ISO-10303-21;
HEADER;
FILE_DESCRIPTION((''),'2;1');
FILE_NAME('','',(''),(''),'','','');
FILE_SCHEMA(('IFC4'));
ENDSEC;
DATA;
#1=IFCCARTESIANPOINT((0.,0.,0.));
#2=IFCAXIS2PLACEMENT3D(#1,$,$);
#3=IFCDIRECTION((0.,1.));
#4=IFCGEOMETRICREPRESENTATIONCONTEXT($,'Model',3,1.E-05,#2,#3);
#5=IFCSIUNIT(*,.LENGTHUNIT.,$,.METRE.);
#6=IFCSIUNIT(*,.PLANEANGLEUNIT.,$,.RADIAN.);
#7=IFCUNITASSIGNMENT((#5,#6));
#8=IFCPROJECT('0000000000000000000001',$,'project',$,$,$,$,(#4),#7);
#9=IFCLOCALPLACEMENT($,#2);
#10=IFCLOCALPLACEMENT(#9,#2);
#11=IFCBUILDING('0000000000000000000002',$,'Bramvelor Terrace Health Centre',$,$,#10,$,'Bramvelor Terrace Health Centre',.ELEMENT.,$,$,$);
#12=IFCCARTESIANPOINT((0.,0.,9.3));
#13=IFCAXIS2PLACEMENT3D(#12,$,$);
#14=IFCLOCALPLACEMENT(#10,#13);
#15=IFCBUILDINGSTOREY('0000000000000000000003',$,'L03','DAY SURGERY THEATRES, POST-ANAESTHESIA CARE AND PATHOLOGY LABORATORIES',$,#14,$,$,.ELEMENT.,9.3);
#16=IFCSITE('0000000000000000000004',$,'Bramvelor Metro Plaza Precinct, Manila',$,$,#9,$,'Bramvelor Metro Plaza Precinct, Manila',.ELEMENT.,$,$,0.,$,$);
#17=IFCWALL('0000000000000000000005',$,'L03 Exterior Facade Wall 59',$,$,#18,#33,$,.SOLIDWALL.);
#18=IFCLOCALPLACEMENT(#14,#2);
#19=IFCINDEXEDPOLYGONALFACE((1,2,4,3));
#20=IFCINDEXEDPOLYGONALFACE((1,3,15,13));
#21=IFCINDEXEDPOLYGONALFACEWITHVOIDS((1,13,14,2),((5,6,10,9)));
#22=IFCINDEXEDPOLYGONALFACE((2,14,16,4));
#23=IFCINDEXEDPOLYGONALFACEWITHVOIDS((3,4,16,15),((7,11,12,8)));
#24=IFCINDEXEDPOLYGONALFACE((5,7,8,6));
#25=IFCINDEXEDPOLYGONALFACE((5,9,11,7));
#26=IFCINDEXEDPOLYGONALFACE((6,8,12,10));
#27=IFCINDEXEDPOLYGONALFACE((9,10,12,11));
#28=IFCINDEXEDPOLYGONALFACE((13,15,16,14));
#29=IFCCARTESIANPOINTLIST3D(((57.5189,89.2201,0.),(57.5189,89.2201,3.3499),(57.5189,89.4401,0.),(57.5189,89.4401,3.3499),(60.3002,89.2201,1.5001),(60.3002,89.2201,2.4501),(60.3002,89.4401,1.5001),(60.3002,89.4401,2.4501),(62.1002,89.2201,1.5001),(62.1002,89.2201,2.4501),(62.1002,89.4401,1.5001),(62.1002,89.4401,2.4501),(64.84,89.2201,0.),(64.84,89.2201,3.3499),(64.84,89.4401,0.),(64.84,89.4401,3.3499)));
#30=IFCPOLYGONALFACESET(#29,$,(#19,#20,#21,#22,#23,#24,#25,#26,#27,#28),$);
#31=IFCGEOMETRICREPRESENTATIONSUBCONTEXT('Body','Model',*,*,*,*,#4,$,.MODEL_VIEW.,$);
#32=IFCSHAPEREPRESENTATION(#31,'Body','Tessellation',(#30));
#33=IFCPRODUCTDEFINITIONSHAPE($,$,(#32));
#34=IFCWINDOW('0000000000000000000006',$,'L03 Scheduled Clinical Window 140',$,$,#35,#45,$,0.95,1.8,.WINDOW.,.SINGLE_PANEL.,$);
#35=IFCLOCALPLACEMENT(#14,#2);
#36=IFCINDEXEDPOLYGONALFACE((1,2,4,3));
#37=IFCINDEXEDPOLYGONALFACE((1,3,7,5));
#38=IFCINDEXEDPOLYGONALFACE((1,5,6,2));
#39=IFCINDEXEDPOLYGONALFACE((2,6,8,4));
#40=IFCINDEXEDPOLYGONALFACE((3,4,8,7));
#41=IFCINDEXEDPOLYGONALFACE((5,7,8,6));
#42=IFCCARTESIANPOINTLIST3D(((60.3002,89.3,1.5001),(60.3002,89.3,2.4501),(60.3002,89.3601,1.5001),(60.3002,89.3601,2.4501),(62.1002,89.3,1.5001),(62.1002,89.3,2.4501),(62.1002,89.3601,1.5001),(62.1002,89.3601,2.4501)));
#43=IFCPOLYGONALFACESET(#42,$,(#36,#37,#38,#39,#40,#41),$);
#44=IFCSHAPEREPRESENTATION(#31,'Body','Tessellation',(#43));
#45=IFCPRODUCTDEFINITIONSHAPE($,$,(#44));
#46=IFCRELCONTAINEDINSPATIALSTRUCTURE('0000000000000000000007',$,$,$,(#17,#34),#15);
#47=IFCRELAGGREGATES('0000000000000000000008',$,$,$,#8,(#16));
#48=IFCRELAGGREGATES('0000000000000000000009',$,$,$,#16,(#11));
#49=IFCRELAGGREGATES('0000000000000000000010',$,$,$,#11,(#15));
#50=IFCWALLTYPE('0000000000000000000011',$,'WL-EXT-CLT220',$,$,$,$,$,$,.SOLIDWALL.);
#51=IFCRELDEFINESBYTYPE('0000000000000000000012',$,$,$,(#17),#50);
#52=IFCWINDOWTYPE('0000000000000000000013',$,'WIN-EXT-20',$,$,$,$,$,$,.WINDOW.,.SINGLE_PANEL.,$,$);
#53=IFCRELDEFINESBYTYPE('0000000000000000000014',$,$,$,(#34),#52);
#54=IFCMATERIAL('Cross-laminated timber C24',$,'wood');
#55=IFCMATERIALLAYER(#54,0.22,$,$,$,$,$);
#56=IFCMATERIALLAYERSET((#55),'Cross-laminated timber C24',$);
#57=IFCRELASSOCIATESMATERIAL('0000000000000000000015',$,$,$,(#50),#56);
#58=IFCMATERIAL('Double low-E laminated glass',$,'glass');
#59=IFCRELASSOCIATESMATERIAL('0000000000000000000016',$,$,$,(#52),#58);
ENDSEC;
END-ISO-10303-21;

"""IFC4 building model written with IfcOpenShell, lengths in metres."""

from ifc_helpers import new_model, si_unit, direction, frame, frame_2d, origin, place, context, subcontext, project, spatial, rectangle, extrude, material, layer, layer_set, type_object, element, fill, save


model = new_model("IFC4")

# Units and contexts
model_context = context("Model", 3, precision=1e-05, world=origin(), true_north=direction((0.0, 1.0)))
body_context = subcontext(model_context, "Body", "Model", "MODEL_VIEW")
ifc_project = project(units=[si_unit("LENGTHUNIT", "METRE"), si_unit("PLANEANGLEUNIT", "RADIAN")], contexts=[model_context])

# Site, building, storey
site_placement = place(None, origin())
site = spatial("IfcSite", under=ifc_project, at=site_placement, Name="Bramvelor Metro Plaza Precinct, Manila", LongName="Bramvelor Metro Plaza Precinct, Manila", CompositionType="ELEMENT", RefElevation=0.0)
building_placement = place(site_placement, origin())
building = spatial("IfcBuilding", under=site, at=building_placement, Name="Bramvelor Terrace Health Centre", LongName="Bramvelor Terrace Health Centre", CompositionType="ELEMENT")
storey_placement = place(building_placement, frame((0.0, 0.0, 9.3)))
storey = spatial("IfcBuildingStorey", under=building, at=storey_placement, Name="L03", Description="DAY SURGERY THEATRES, POST-ANAESTHESIA CARE AND PATHOLOGY LABORATORIES", CompositionType="ELEMENT", Elevation=9.3)

# Wall, opening, window
ifc_material_1 = material(Name="Cross-laminated timber C24", Category="wood")
ifc_layer_1 = layer(ifc_material_1, 0.22)
ifc_layer_set_1 = layer_set([ifc_layer_1], Name="Cross-laminated timber C24")
wall_type_1 = type_object("IfcWallType", Name="WL-EXT-CLT220", PredefinedType="SOLIDWALL", material=ifc_layer_set_1)
wall_1_placement = place(storey_placement, frame((64.8401, 89.3301, 0.0), z_axis=(0.0, 0.0, 1.0), x_axis=(-1.0, 0.0, 0.0)))
wall_1 = element("IfcWall", 1, at=wall_1_placement, inside=storey, type_object=wall_type_1, Name="L03 Exterior Facade Wall 59", PredefinedType="SOLIDWALL", context=body_context, shape_type="SweptSolid", body=[
    extrude(rectangle(XDim=7.321, YDim=0.22, at=frame_2d((3.6606, 0.0))), origin(), (0.0, 0.0, 1.0), 3.3499),
])
opening_1_placement = place(wall_1_placement, frame((2.74, 0.0, 1.5)))
opening_1 = element("IfcOpeningElement", 2, at=opening_1_placement, cuts=wall_1, PredefinedType="OPENING", context=body_context, shape_type="SweptSolid", body=[
    extrude(rectangle(XDim=1.8, YDim=0.95, at=frame_2d((0.8999, 0.4751))), frame((0.0, 0.1199, 0.0), z_axis=(0.0, -1.0, 0.0), x_axis=(1.0, 0.0, 0.0)), (0.0, 0.0, 1.0), 0.24),
])
ifc_material_2 = material(Name="Double low-E laminated glass", Category="glass")
window_type_1 = type_object("IfcWindowType", Name="WIN-EXT-20", PartitioningType="SINGLE_PANEL", PredefinedType="WINDOW", material=ifc_material_2)
window_1_placement = place(opening_1_placement, origin())
window_1 = element("IfcWindow", 3, at=window_1_placement, inside=storey, type_object=window_type_1, Name="L03 Scheduled Clinical Window 140", OverallHeight=0.95, OverallWidth=1.8, PartitioningType="SINGLE_PANEL", PredefinedType="WINDOW", context=body_context, shape_type="SweptSolid", body=[
    extrude(rectangle(XDim=1.8, YDim=0.95, at=frame_2d((0.8999, 0.4751))), frame((0.0, 0.03, 0.0), z_axis=(0.0, -1.0, 0.0), x_axis=(1.0, 0.0, 0.0)), (0.0, 0.0, 1.0), 0.0601),
])
fill(opening_1, window_1)

save(model, "model.ifc")
